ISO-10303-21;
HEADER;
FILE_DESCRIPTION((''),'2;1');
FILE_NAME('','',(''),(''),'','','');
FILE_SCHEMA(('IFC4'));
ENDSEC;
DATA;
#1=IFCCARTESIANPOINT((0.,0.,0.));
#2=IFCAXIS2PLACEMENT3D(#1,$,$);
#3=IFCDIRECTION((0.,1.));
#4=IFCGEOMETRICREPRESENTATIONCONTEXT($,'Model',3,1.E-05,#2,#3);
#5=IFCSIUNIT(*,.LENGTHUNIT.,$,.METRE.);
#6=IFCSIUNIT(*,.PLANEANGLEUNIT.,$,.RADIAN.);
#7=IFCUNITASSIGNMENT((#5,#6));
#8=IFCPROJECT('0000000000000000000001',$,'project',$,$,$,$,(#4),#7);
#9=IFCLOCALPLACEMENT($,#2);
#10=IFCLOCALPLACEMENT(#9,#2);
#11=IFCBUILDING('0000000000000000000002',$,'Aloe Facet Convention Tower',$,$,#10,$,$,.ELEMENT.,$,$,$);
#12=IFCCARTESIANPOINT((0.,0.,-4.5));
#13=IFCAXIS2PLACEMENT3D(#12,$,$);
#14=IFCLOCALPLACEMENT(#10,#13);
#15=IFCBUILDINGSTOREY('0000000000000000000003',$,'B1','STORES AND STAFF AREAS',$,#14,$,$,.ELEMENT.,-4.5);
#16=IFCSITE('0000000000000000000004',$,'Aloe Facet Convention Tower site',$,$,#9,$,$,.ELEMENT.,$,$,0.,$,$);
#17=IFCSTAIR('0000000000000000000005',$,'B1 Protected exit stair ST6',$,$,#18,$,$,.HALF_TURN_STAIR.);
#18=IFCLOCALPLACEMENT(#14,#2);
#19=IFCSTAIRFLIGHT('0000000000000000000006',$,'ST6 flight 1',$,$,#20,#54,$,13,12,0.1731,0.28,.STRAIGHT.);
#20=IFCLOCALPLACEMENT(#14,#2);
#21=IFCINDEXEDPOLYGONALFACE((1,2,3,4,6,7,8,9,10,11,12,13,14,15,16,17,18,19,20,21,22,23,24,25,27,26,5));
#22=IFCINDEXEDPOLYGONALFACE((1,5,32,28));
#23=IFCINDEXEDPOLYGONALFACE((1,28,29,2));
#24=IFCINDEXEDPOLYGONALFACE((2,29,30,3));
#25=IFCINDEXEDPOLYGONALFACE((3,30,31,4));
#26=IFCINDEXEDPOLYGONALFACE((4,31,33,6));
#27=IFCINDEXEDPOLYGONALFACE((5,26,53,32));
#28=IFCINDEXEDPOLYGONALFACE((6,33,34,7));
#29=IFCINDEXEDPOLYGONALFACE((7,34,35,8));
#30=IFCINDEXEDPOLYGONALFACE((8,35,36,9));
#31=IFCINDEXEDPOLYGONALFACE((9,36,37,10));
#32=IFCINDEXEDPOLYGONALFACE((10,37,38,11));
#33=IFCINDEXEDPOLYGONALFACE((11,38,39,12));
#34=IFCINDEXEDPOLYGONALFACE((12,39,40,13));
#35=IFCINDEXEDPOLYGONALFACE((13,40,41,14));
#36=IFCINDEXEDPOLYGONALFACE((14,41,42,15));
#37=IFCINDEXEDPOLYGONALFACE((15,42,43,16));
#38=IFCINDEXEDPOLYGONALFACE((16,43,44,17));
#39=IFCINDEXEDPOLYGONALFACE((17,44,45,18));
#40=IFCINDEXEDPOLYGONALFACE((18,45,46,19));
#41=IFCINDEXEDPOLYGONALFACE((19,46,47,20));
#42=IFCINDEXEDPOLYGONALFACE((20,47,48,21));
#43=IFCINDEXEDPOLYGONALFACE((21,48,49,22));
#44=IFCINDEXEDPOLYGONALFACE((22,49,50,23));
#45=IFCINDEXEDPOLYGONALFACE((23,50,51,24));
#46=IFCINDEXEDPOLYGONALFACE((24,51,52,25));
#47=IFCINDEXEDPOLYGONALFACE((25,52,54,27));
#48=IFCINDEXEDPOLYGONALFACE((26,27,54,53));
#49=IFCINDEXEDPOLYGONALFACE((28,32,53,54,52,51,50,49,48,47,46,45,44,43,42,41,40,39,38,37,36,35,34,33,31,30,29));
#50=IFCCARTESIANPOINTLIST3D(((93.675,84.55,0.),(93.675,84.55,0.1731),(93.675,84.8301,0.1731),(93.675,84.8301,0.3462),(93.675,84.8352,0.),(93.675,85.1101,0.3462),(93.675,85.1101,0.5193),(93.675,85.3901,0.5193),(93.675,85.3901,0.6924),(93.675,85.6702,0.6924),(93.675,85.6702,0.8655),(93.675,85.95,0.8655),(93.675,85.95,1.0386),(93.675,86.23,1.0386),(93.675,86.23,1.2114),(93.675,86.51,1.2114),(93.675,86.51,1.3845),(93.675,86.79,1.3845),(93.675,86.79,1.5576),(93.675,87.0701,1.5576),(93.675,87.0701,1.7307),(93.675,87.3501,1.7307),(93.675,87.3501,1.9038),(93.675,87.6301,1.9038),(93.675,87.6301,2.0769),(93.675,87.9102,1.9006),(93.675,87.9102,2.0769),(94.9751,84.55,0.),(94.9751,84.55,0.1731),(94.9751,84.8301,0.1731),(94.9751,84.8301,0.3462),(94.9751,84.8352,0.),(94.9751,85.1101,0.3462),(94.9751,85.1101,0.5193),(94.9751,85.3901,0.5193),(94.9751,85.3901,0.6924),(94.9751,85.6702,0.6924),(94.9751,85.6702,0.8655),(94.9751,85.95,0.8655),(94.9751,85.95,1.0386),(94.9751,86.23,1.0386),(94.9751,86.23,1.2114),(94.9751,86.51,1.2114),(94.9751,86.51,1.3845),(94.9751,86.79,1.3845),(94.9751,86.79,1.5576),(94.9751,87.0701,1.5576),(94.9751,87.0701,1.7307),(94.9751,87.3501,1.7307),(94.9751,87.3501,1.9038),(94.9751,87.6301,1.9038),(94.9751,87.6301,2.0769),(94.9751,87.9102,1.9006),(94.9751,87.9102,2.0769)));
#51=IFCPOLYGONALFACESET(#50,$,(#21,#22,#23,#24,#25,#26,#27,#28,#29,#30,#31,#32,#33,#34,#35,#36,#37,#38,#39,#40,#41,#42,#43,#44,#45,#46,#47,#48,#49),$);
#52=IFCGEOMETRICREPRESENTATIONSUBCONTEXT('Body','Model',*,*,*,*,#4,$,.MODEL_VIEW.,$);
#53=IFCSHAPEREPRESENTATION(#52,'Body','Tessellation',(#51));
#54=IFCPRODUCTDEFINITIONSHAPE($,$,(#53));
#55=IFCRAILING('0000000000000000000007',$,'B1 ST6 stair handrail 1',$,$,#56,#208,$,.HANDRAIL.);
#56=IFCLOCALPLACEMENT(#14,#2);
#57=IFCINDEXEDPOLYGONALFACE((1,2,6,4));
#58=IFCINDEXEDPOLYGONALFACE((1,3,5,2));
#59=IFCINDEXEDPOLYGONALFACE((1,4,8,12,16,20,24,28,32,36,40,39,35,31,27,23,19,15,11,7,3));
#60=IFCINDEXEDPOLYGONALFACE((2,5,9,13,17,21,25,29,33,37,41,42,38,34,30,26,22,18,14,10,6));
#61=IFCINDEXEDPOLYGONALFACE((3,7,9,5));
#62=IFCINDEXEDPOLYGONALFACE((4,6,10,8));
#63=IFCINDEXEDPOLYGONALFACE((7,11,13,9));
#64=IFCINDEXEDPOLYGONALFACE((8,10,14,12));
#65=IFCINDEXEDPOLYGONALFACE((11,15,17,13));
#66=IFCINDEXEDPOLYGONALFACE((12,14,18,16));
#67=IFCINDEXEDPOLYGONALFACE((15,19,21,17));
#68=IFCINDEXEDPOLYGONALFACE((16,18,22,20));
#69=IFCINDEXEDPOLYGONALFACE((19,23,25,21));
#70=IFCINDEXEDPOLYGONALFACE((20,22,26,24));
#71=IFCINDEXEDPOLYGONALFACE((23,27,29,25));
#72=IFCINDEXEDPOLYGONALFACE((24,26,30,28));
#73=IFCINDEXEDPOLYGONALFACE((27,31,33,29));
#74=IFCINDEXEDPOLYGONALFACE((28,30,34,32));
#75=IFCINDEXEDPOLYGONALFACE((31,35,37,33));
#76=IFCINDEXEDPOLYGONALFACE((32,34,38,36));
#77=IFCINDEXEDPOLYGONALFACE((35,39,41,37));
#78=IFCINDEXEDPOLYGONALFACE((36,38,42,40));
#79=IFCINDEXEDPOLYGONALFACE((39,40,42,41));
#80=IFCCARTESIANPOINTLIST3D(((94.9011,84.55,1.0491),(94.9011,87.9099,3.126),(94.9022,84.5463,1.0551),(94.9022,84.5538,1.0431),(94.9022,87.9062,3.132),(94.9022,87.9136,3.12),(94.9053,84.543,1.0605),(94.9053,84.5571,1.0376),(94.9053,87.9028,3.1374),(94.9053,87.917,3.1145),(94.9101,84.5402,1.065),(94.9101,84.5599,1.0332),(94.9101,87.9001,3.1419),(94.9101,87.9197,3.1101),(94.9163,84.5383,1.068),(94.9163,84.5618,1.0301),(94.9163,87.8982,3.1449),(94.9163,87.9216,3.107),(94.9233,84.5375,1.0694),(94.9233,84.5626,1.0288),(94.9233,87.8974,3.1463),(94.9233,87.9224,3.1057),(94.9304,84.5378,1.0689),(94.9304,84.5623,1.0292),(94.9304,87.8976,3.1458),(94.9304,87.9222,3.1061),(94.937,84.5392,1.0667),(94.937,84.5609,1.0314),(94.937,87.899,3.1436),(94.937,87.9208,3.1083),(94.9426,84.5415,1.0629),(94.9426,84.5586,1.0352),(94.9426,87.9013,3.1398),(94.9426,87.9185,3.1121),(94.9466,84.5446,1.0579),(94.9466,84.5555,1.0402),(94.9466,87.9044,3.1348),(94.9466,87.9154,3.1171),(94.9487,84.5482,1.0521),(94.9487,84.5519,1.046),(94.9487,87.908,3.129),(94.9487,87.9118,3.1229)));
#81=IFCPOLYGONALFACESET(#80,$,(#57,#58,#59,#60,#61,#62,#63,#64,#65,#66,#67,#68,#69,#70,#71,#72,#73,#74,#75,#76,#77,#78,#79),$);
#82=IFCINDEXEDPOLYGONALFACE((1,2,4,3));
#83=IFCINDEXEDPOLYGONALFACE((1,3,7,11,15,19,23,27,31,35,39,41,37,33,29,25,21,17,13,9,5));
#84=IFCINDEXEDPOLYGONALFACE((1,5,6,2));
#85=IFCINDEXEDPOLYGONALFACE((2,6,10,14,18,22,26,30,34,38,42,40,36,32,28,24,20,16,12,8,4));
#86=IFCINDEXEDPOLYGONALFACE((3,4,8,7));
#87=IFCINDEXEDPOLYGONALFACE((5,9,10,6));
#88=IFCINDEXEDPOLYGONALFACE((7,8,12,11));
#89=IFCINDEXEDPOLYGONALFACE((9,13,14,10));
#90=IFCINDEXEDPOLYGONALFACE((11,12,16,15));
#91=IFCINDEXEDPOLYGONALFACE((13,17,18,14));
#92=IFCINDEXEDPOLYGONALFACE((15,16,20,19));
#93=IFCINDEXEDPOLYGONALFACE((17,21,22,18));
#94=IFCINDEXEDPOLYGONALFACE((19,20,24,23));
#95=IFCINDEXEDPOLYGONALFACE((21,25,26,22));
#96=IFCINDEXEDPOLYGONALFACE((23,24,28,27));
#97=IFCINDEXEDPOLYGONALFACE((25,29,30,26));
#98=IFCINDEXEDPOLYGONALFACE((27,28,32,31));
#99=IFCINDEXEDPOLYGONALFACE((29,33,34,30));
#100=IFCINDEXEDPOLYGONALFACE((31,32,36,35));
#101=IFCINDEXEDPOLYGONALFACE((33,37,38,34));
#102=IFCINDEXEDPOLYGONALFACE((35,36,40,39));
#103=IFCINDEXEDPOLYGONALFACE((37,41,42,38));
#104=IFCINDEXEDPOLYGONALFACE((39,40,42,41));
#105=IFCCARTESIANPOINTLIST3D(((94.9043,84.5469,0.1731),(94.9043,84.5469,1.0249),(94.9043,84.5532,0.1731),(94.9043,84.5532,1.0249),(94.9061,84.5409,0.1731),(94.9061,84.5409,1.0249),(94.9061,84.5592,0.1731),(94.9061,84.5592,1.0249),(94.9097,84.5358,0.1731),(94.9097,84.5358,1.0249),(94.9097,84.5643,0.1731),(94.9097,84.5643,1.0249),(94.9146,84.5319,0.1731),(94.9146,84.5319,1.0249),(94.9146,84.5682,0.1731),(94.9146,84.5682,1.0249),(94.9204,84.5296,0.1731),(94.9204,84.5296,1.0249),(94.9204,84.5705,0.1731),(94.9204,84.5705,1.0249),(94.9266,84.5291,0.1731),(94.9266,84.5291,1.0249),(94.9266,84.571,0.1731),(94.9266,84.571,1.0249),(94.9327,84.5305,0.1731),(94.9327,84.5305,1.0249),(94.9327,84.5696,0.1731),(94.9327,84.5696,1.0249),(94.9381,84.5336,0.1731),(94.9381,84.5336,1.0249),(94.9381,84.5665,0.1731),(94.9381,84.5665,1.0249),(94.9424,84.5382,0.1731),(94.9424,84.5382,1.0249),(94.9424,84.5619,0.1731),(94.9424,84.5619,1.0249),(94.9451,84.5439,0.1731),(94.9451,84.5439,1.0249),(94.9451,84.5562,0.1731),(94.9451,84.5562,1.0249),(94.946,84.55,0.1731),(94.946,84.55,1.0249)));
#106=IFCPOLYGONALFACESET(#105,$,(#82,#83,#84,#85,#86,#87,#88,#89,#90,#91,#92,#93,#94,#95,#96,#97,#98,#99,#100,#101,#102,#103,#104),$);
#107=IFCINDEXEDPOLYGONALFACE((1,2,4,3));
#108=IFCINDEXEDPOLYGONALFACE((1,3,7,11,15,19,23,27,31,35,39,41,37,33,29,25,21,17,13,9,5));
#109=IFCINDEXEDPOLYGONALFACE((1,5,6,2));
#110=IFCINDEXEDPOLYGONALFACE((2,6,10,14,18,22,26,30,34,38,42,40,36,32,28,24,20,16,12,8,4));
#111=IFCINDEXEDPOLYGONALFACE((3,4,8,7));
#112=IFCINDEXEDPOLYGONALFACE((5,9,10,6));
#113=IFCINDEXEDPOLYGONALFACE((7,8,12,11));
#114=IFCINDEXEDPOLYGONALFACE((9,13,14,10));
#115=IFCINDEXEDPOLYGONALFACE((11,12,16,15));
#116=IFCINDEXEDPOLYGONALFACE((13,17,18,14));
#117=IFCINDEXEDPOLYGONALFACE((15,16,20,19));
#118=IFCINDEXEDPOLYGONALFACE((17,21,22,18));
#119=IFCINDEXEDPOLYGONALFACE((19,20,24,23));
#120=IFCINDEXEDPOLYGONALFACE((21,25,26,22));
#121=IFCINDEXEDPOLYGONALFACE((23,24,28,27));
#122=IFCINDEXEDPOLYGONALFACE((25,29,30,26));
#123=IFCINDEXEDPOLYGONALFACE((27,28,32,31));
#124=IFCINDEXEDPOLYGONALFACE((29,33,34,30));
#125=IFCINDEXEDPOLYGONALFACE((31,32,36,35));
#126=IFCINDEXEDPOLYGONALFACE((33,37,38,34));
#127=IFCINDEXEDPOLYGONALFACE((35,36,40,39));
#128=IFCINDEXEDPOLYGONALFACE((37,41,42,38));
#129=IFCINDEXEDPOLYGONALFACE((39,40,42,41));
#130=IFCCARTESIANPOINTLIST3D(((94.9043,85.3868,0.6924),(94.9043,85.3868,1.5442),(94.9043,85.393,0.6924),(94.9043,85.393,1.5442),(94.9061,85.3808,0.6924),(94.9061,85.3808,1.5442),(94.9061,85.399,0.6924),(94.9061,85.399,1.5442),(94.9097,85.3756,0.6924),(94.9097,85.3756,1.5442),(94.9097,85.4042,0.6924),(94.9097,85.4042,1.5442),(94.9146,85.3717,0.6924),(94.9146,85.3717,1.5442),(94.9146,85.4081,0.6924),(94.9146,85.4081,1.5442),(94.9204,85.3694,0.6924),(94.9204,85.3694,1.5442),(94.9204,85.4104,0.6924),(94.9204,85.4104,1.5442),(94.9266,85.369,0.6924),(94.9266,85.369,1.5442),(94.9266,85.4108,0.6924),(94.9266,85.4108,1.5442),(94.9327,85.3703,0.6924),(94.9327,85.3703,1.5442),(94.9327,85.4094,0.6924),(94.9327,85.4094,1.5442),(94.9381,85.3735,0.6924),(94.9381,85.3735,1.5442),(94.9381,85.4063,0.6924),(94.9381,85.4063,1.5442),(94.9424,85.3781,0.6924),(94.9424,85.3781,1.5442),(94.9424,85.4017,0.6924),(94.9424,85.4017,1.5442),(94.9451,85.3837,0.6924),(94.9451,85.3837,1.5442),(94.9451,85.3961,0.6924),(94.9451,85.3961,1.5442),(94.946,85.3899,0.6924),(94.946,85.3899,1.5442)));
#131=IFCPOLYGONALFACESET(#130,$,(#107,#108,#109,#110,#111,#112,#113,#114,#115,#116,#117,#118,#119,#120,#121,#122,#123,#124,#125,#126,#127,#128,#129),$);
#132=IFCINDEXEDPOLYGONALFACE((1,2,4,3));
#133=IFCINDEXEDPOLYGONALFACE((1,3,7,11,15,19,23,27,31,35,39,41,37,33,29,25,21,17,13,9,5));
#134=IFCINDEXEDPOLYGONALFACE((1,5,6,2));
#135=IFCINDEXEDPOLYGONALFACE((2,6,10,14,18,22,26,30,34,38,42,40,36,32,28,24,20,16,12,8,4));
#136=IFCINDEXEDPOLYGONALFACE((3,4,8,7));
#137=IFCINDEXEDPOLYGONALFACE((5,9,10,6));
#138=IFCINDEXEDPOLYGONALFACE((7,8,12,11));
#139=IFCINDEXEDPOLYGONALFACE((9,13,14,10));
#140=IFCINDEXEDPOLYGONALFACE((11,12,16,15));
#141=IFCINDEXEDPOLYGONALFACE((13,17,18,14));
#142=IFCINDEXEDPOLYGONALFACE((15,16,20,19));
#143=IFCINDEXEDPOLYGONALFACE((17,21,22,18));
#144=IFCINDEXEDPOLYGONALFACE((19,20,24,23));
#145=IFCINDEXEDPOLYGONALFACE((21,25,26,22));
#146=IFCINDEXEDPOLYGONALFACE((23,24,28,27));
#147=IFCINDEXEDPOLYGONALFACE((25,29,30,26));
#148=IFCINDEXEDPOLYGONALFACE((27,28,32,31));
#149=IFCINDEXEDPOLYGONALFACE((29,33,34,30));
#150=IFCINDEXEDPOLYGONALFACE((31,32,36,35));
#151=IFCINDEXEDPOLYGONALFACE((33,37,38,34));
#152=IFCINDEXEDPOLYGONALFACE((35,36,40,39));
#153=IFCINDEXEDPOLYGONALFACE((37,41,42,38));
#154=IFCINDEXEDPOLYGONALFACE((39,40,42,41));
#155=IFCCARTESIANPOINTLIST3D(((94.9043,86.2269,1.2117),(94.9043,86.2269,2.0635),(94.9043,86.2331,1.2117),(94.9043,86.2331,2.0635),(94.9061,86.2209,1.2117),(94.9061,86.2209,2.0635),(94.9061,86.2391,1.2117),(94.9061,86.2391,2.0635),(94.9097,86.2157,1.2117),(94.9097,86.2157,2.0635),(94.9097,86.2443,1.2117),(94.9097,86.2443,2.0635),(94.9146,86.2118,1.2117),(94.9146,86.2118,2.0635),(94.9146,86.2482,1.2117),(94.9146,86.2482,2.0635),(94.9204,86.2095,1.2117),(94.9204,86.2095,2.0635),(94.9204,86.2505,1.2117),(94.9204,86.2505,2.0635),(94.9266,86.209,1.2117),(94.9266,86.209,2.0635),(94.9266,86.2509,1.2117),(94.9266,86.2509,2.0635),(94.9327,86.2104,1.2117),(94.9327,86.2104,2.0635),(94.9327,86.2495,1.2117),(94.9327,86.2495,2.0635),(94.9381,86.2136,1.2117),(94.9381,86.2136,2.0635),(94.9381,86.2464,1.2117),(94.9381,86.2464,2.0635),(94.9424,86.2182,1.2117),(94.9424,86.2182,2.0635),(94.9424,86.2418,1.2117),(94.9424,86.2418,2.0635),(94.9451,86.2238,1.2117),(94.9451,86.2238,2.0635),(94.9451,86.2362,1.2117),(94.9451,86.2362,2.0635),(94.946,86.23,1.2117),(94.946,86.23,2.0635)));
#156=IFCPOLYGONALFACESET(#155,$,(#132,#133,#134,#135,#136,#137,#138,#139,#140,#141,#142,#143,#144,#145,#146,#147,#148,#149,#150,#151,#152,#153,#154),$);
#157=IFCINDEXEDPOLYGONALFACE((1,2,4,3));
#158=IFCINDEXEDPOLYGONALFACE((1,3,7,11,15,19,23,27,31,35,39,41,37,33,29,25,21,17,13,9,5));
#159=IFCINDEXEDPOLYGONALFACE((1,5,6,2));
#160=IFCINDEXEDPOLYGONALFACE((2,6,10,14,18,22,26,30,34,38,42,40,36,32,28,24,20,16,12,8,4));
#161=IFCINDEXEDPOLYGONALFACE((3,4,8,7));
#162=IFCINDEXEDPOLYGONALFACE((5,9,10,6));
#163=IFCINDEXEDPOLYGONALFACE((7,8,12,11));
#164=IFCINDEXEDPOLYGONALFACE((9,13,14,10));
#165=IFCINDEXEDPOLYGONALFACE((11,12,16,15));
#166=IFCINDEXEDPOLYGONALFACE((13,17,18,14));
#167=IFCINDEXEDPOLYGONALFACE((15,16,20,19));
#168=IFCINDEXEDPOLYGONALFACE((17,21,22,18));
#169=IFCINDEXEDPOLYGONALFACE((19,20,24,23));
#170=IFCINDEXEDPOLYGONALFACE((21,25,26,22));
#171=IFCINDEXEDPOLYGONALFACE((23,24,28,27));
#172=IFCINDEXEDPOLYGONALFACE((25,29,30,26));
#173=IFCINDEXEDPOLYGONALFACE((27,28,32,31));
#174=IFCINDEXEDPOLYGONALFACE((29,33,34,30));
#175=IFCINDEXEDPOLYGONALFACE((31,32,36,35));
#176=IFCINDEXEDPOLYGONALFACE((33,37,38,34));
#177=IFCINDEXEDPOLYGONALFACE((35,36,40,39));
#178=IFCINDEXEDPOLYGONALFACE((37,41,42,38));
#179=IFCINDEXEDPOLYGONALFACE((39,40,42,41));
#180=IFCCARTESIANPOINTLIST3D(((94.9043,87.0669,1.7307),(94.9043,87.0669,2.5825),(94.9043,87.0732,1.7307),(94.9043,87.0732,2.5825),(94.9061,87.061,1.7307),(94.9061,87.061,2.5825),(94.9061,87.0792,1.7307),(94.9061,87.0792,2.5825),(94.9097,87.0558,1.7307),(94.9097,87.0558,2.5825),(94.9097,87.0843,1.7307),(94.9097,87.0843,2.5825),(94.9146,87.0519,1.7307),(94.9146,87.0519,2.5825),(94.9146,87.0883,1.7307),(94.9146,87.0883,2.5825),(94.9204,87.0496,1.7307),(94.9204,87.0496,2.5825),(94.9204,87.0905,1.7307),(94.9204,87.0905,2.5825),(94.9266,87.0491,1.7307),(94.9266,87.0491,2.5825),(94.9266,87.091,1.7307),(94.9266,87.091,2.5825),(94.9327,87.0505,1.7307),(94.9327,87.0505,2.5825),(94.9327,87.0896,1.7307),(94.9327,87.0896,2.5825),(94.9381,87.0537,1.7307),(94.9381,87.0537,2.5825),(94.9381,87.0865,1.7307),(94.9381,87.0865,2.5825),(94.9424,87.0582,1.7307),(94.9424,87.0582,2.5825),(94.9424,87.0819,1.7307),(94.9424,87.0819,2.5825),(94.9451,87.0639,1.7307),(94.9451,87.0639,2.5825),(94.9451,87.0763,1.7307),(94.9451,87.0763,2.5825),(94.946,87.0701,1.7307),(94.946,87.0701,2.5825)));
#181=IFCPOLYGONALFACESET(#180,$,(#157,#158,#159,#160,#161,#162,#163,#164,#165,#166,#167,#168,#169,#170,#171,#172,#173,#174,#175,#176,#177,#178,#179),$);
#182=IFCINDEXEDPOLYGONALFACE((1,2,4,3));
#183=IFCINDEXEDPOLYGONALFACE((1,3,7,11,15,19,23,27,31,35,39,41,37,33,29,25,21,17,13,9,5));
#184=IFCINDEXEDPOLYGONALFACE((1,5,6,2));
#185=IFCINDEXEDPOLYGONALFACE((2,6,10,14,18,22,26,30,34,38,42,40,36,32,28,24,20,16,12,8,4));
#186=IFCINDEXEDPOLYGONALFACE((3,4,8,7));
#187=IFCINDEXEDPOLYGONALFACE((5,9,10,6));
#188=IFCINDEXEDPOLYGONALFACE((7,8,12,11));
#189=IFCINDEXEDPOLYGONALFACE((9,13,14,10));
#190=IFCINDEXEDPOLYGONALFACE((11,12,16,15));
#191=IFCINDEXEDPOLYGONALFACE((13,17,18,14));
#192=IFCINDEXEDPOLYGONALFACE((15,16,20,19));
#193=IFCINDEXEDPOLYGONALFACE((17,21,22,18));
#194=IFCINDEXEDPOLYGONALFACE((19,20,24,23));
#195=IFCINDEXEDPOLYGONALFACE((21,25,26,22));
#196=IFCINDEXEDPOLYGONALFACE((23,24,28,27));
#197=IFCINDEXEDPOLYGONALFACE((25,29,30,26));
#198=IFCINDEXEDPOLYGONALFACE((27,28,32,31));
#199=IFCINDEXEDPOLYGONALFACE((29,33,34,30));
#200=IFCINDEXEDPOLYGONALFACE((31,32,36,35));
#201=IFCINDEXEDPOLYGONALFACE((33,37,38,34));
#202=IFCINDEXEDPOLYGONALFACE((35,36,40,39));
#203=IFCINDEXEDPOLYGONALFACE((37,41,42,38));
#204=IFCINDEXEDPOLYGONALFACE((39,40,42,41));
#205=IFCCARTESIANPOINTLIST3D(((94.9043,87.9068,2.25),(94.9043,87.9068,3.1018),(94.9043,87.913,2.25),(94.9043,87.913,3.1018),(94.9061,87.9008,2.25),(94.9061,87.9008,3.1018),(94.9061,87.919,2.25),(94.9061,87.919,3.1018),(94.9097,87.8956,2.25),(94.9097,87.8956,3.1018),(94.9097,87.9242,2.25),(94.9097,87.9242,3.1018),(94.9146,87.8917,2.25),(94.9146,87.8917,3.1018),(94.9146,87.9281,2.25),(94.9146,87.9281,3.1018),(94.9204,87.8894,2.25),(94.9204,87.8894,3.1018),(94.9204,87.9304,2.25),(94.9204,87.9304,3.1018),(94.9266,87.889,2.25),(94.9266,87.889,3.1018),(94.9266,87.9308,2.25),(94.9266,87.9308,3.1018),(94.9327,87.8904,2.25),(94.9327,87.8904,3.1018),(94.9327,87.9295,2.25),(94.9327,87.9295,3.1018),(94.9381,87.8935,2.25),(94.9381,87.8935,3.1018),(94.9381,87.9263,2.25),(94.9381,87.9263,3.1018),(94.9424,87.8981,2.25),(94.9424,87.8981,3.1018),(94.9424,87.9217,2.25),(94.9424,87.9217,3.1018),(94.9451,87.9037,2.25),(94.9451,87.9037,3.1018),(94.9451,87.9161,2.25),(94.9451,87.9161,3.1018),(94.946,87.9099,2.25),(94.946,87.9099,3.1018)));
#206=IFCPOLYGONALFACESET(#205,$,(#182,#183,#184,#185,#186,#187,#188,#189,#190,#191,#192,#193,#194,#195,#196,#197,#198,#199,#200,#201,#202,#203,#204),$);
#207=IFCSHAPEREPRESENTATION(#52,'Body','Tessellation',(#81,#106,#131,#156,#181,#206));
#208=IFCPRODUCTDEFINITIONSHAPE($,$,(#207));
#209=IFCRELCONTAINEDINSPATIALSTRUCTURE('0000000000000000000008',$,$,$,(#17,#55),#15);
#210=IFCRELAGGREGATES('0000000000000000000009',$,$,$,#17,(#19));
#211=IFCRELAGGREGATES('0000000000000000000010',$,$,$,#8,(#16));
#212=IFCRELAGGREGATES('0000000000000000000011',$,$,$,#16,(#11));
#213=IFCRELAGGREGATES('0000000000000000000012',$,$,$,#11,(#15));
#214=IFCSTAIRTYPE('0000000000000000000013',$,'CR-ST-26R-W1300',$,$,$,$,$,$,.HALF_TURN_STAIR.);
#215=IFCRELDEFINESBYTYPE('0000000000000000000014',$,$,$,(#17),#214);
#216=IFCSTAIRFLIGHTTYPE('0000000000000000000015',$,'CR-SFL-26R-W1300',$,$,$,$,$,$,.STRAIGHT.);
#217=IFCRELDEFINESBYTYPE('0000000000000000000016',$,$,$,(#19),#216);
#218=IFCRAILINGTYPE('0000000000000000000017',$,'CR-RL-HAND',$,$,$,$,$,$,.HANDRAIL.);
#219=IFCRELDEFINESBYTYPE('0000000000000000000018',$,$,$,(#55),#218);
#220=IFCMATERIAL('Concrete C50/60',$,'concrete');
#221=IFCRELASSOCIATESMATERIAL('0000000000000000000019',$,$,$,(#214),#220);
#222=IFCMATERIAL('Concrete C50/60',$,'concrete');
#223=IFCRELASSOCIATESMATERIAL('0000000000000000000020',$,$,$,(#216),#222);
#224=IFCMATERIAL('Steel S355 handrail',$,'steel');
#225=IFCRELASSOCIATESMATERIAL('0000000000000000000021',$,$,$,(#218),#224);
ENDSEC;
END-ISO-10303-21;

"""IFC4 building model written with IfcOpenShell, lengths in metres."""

from ifc_helpers import new_model, si_unit, direction, frame, origin, origin_2d, place, context, subcontext, project, spatial, polyline, circle, outline, extrude, material, type_object, element, aggregate, save


model = new_model("IFC4")

# Units and contexts
model_context = context("Model", 3, precision=1e-05, world=origin(), true_north=direction((0.0, 1.0)))
body_context = subcontext(model_context, "Body", "Model", "MODEL_VIEW")
ifc_project = project(units=[si_unit("LENGTHUNIT", "METRE"), si_unit("PLANEANGLEUNIT", "RADIAN")], contexts=[model_context])

# Site, building, storey
site_placement = place(None, origin())
site = spatial("IfcSite", under=ifc_project, at=site_placement, Name="Aloe Facet Convention Tower site", CompositionType="ELEMENT", RefElevation=0.0)
building_placement = place(site_placement, origin())
building = spatial("IfcBuilding", under=site, at=building_placement, Name="Aloe Facet Convention Tower", CompositionType="ELEMENT")
storey_placement = place(building_placement, frame((0.0, 0.0, -4.5)))
storey = spatial("IfcBuildingStorey", under=building, at=storey_placement, Name="B1", Description="STORES AND STAFF AREAS", CompositionType="ELEMENT", Elevation=-4.5)

# Stair, stair flight
ifc_material_1 = material(Name="Concrete C50/60", Category="concrete")
stair_type = type_object("IfcStairType", Name="CR-ST-26R-W1300", PredefinedType="HALF_TURN_STAIR", material=ifc_material_1)
stair_placement = place(storey_placement, origin())
stair = element("IfcStair", 1, at=stair_placement, inside=storey, type_object=stair_type, Name="B1 Protected exit stair ST6", PredefinedType="HALF_TURN_STAIR")
ifc_material_2 = material(Name="Concrete C50/60", Category="concrete")
stair_flight_type = type_object("IfcStairFlightType", Name="CR-SFL-26R-W1300", PredefinedType="STRAIGHT", material=ifc_material_2)
stair_flight_placement = place(storey_placement, frame((94.325, 84.55, 0.0), z_axis=(0.0, 0.0, 1.0), x_axis=(0.0, 1.0, 0.0)))
stair_flight = element("IfcStairFlight", 2, at=stair_flight_placement, type_object=stair_flight_type, Name="ST6 flight 1", NumberOfRisers=13, NumberOfTreads=12, PredefinedType="STRAIGHT", RiserHeight=0.1731, TreadLength=0.28, context=body_context, shape_type="SweptSolid", body=[
    extrude(outline(polyline([(0.0, 0.0), (0.0, 0.1731), (0.28, 0.1731), (0.28, 0.3462), (0.5601, 0.3462), (0.5601, 0.5193), (0.8401, 0.5193), (0.8401, 0.6924), (1.1201, 0.6924), (1.1201, 0.8655), (1.3999, 0.8655), (1.3999, 1.0386), (1.6799, 1.0386), (1.6799, 1.2114), (1.96, 1.2114), (1.96, 1.3845), (2.24, 1.3845), (2.24, 1.5576), (2.52, 1.5576), (2.52, 1.7307), (2.8, 1.7307), (2.8, 1.9038), (3.0801, 1.9038), (3.0801, 2.0769), (3.3601, 2.0769), (3.3601, 2.25), (3.3601, 1.9006), (0.2852, 0.0), (0.0, 0.0)])), frame((0.0, 0.6499, 0.0), z_axis=(0.0, -1.0, 0.0), x_axis=(1.0, 0.0, 0.0)), (0.0, 0.0, 1.0), 1.3),
])
aggregate(stair, [stair_flight])

# Railing
ifc_material_3 = material(Name="Steel S355 handrail", Category="steel")
railing_type = type_object("IfcRailingType", Name="CR-RL-HAND", PredefinedType="HANDRAIL", material=ifc_material_3)
railing_placement = place(storey_placement, frame((94.925, 84.55, 0.1731)))
element("IfcRailing", 3, at=railing_placement, inside=storey, type_object=railing_type, Name="B1 ST6 stair handrail 1", PredefinedType="HANDRAIL", context=body_context, shape_type="SweptSolid", body=[
    extrude(circle(Radius=0.0239, at=origin_2d()), frame((0.0, 0.0, 0.876), z_axis=(0.0, 0.850606, 0.525803), x_axis=(-1.0, 0.0, 0.0)), (0.0, 0.0, 1.0), 3.95),
    extrude(circle(Radius=0.021, at=origin_2d()), origin(), (0.0, 0.0, 1.0), 0.8518),
    extrude(circle(Radius=0.021, at=origin_2d()), frame((0.0, 0.8398, 0.5193)), (0.0, 0.0, 1.0), 0.8518),
    extrude(circle(Radius=0.021, at=origin_2d()), frame((0.0, 1.6799, 1.0386)), (0.0, 0.0, 1.0), 0.8518),
    extrude(circle(Radius=0.021, at=origin_2d()), frame((0.0, 2.52, 1.5576)), (0.0, 0.0, 1.0), 0.8518),
    extrude(circle(Radius=0.021, at=origin_2d()), frame((0.0, 3.3599, 2.0769)), (0.0, 0.0, 1.0), 0.8518),
])

save(model, "model.ifc")
